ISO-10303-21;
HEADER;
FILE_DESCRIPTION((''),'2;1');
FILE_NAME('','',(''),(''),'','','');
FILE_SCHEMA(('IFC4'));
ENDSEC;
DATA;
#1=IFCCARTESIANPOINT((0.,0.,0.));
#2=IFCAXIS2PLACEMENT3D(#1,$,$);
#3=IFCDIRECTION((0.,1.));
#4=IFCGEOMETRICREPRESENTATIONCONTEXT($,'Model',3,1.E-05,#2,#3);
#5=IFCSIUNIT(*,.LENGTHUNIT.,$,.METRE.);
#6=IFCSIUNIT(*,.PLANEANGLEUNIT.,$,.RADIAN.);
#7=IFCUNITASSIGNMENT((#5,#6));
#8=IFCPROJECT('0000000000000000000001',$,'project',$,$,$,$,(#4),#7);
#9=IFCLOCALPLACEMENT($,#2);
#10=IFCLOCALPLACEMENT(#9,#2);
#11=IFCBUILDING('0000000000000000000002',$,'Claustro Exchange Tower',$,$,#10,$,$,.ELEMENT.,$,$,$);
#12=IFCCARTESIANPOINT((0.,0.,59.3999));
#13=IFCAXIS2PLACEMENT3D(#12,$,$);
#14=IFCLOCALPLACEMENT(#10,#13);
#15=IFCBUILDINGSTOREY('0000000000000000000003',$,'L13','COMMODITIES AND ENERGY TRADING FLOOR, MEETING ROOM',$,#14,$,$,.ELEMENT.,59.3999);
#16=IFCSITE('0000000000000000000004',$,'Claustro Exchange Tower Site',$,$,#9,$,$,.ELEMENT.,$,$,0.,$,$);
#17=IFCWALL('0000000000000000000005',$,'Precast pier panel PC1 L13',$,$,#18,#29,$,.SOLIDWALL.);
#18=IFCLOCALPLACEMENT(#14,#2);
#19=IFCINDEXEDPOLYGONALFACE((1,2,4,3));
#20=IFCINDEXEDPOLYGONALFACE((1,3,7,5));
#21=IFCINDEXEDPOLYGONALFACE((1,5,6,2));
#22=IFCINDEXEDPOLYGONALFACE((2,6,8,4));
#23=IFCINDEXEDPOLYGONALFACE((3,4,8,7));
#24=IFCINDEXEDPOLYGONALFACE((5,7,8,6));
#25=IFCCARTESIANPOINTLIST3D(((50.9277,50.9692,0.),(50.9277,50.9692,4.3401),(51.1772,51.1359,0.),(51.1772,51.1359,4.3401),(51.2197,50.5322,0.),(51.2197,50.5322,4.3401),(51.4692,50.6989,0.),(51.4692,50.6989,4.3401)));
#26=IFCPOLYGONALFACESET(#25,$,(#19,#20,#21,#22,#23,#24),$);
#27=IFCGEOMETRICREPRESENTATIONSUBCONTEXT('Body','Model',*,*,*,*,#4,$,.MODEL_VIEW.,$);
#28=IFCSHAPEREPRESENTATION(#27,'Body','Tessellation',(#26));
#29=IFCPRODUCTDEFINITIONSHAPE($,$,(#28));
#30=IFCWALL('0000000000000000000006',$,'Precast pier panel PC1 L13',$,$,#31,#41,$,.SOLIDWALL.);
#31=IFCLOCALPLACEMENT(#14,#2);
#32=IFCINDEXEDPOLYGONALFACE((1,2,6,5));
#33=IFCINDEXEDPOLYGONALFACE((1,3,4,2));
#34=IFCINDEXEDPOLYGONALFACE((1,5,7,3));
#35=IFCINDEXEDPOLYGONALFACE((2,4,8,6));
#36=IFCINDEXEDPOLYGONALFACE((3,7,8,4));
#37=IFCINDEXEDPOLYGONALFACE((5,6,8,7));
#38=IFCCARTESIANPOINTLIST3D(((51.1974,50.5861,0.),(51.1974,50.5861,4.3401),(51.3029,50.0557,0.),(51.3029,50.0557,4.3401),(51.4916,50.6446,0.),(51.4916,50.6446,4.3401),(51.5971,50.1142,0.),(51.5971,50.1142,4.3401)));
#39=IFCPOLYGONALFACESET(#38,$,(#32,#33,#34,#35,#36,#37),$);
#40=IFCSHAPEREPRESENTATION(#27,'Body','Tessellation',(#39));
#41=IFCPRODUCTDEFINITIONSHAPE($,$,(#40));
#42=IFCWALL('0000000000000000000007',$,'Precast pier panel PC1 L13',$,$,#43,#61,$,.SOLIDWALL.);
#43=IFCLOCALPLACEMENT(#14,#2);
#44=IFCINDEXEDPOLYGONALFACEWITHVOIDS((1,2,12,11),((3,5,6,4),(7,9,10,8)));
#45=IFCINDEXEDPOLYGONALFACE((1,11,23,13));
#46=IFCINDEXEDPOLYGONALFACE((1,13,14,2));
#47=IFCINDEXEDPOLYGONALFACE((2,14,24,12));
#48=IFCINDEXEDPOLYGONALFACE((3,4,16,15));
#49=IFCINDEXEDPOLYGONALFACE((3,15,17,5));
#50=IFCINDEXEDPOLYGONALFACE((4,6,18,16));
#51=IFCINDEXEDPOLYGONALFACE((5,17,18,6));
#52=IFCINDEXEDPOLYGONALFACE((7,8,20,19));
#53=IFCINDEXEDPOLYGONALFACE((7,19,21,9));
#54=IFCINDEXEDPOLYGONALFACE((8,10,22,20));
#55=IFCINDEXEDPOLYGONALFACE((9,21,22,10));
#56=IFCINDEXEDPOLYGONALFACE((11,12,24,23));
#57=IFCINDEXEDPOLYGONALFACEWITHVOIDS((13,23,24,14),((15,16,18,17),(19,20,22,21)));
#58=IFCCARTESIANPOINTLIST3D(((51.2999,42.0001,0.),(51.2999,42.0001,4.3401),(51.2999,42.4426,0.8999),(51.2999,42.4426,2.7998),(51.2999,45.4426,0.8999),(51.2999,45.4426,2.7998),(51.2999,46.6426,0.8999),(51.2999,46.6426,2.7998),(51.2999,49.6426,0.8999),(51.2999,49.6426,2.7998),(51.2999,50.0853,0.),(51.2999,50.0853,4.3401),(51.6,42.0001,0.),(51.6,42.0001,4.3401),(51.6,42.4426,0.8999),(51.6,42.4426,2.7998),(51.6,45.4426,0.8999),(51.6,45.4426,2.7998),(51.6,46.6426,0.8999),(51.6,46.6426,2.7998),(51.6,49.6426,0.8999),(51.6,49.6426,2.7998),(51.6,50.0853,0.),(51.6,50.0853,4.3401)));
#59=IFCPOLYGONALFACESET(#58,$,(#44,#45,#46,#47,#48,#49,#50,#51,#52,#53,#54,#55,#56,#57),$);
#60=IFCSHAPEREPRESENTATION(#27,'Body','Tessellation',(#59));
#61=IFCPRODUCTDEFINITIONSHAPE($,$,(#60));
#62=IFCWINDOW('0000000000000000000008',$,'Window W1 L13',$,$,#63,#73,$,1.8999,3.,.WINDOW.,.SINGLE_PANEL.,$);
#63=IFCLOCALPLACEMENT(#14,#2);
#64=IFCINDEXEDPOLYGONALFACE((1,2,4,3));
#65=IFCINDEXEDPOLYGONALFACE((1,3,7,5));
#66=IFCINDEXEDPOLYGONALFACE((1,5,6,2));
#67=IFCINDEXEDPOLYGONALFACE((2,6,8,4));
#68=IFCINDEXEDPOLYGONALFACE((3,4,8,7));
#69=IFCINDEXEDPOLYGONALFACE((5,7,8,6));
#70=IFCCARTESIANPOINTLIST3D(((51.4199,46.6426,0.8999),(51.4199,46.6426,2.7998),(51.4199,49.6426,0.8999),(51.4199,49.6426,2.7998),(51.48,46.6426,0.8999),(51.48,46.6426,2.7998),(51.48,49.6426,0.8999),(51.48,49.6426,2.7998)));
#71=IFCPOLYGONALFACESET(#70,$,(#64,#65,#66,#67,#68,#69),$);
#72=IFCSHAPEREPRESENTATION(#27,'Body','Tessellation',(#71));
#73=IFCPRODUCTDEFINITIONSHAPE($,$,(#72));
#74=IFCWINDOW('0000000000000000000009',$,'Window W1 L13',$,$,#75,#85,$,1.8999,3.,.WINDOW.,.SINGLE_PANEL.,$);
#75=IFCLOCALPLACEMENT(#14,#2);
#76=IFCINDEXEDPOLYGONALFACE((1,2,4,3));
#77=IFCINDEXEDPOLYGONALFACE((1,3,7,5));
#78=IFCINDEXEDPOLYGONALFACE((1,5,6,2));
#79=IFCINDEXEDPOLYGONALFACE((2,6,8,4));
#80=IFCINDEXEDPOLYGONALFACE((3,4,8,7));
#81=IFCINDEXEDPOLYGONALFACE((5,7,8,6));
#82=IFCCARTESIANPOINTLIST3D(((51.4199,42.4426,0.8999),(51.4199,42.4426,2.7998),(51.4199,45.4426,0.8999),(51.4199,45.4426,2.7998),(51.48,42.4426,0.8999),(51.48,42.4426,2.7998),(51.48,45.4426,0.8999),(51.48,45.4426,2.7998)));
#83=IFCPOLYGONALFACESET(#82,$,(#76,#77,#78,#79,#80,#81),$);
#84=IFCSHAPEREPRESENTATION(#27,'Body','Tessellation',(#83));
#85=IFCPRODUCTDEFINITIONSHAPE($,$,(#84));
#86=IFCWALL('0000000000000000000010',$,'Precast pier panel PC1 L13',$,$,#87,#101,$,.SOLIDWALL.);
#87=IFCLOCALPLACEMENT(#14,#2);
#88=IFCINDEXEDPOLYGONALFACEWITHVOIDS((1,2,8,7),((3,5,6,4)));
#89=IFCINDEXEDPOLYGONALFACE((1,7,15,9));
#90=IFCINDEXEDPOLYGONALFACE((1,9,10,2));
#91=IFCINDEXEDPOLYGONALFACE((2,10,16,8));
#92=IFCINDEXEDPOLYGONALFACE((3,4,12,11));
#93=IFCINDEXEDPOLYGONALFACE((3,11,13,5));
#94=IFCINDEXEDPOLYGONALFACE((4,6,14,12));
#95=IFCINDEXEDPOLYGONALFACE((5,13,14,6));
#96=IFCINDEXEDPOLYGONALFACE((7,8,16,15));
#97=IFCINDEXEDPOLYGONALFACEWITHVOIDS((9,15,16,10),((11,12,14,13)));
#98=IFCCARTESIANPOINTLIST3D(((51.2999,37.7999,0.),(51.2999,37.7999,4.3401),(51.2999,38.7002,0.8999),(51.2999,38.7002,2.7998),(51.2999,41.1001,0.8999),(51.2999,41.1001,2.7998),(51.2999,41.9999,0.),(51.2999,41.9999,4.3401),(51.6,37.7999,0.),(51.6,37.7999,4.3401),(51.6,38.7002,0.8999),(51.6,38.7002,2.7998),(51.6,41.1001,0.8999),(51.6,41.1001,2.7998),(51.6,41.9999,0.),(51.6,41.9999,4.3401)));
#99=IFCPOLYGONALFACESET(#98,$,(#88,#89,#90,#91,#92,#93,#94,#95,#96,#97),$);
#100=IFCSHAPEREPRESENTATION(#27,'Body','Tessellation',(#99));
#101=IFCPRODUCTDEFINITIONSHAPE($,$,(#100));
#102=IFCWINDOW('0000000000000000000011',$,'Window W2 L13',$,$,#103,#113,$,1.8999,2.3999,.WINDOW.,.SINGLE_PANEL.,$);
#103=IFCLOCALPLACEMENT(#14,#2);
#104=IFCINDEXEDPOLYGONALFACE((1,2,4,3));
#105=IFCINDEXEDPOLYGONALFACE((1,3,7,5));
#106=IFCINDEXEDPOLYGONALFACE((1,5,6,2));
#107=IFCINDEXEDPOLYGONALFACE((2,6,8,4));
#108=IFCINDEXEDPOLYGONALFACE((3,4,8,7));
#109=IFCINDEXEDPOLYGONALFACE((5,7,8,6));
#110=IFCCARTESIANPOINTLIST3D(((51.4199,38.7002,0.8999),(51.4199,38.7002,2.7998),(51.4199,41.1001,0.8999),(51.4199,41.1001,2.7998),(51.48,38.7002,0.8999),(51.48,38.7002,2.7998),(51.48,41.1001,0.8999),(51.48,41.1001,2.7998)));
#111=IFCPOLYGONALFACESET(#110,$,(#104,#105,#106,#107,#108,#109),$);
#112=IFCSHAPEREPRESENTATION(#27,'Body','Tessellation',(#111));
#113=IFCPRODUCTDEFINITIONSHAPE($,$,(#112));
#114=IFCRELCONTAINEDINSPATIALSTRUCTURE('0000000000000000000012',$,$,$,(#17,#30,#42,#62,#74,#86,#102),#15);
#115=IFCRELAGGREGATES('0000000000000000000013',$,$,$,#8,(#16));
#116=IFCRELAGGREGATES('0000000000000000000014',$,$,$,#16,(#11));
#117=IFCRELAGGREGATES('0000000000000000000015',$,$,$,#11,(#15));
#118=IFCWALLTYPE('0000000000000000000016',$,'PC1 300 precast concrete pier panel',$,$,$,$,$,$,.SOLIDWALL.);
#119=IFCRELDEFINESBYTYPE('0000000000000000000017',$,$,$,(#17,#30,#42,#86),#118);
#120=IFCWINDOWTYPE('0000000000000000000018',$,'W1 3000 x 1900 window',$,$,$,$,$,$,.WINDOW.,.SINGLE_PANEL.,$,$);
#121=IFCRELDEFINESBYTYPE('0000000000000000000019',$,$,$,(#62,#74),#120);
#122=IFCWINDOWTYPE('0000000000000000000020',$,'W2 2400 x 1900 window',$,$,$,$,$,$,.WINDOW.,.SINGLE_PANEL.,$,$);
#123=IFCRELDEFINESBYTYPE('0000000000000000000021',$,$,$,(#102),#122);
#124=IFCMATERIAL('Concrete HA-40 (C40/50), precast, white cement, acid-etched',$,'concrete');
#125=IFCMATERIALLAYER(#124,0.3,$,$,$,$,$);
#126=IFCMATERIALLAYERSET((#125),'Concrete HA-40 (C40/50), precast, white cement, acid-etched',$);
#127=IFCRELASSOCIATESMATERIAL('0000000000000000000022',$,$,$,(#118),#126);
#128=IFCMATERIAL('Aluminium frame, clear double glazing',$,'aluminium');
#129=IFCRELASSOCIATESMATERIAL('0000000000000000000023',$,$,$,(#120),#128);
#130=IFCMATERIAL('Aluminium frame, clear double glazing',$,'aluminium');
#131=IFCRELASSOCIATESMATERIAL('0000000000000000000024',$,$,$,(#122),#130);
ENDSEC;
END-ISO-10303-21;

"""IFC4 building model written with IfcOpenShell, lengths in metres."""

from ifc_helpers import new_model, si_unit, direction, frame, frame_2d, origin, place, context, subcontext, project, spatial, rectangle, extrude, material, layer, layer_set, type_object, element, fill, save


model = new_model("IFC4")

# Units and contexts
model_context = context("Model", 3, precision=1e-05, world=origin(), true_north=direction((0.0, 1.0)))
body_context = subcontext(model_context, "Body", "Model", "MODEL_VIEW")
ifc_project = project(units=[si_unit("LENGTHUNIT", "METRE"), si_unit("PLANEANGLEUNIT", "RADIAN")], contexts=[model_context])

# Site, building, storey
site_placement = place(None, origin())
site = spatial("IfcSite", under=ifc_project, at=site_placement, Name="Claustro Exchange Tower Site", CompositionType="ELEMENT", RefElevation=0.0)
building_placement = place(site_placement, origin())
building = spatial("IfcBuilding", under=site, at=building_placement, Name="Claustro Exchange Tower", CompositionType="ELEMENT")
storey_placement = place(building_placement, frame((0.0, 0.0, 59.3999)))
storey = spatial("IfcBuildingStorey", under=building, at=storey_placement, Name="L13", Description="COMMODITIES AND ENERGY TRADING FLOOR, MEETING ROOM", CompositionType="ELEMENT", Elevation=59.3999)

# Shared definitions
ifc_material_1 = material(Name="Concrete HA-40 (C40/50), precast, white cement, acid-etched", Category="concrete")
ifc_layer_1 = layer(ifc_material_1, 0.3)
ifc_layer_set_1 = layer_set([ifc_layer_1], Name="Concrete HA-40 (C40/50), precast, white cement, acid-etched")
wall_type_1 = type_object("IfcWallType", Name="PC1 300 precast concrete pier panel", PredefinedType="SOLIDWALL", material=ifc_layer_set_1)
ifc_material_2 = material(Name="Aluminium frame, clear double glazing", Category="aluminium")
window_type_1 = type_object("IfcWindowType", Name="W1 3000 x 1900 window", PartitioningType="SINGLE_PANEL", PredefinedType="WINDOW", material=ifc_material_2)

# Walls
for number, where, z_axis, x_axis, name in (
    (1, (51.0525, 51.0525, 0.0), (0.0, 0.0, 1.0), (0.555557, -0.831478, 0.0), "Precast pier panel PC1 L13"),
):
    element("IfcWall", number, at=place(storey_placement, frame(where, z_axis=z_axis, x_axis=x_axis)), inside=storey, type_object=wall_type_1, Name=name, PredefinedType="SOLIDWALL", context=body_context, shape_type="SweptSolid", body=[
        extrude(rectangle(XDim=0.5256, YDim=0.3, at=frame_2d((0.2627, 0.0))), origin(), (0.0, 0.0, 1.0), 4.3401),
    ])
wall_1_placement = place(storey_placement, frame((51.3445, 50.6155, 0.0), z_axis=(0.0, 0.0, 1.0), x_axis=(0.195074, -0.980789, 0.0)))
element("IfcWall", 2, at=wall_1_placement, inside=storey, type_object=wall_type_1, Name="Precast pier panel PC1 L13", PredefinedType="SOLIDWALL", context=body_context, shape_type="SweptSolid", body=[
    extrude(rectangle(XDim=0.5408, YDim=0.3, at=frame_2d((0.2705, 0.0))), origin(), (0.0, 0.0, 1.0), 4.3401),
])

# Wall, openings, windows
wall_2_placement = place(storey_placement, frame((51.45, 50.0852, 0.0), z_axis=(0.0, 0.0, 1.0), x_axis=(0.0, -1.0, 0.0)))
wall_2 = element("IfcWall", 3, at=wall_2_placement, inside=storey, type_object=wall_type_1, Name="Precast pier panel PC1 L13", PredefinedType="SOLIDWALL", context=body_context, shape_type="SweptSolid", body=[
    extrude(rectangle(XDim=8.0852, YDim=0.3, at=frame_2d((4.0425, 0.0))), origin(), (0.0, 0.0, 1.0), 4.3401),
])
opening_1_placement = place(wall_2_placement, frame((0.4426, 0.0, 0.8999)))
opening_1 = element("IfcOpeningElement", 4, at=opening_1_placement, cuts=wall_2, PredefinedType="OPENING", context=body_context, shape_type="SweptSolid", body=[
    extrude(rectangle(XDim=3.0, YDim=1.8999, at=frame_2d((1.5, 0.95))), frame((0.0, 0.1599, 0.0), z_axis=(0.0, -1.0, 0.0), x_axis=(1.0, 0.0, 0.0)), (0.0, 0.0, 1.0), 0.3201),
])
opening_2_placement = place(wall_2_placement, frame((4.6426, 0.0, 0.8999)))
opening_2 = element("IfcOpeningElement", 5, at=opening_2_placement, cuts=wall_2, PredefinedType="OPENING", context=body_context, shape_type="SweptSolid", body=[
    extrude(rectangle(XDim=3.0, YDim=1.8999, at=frame_2d((1.5, 0.95))), frame((0.0, 0.1599, 0.0), z_axis=(0.0, -1.0, 0.0), x_axis=(1.0, 0.0, 0.0)), (0.0, 0.0, 1.0), 0.3201),
])
window_1_placement = place(opening_1_placement, origin())
window_1 = element("IfcWindow", 6, at=window_1_placement, inside=storey, type_object=window_type_1, Name="Window W1 L13", OverallHeight=1.8999, OverallWidth=3.0, PartitioningType="SINGLE_PANEL", PredefinedType="WINDOW", context=body_context, shape_type="SweptSolid", body=[
    extrude(rectangle(XDim=3.0, YDim=1.8999, at=frame_2d((1.5, 0.95))), frame((0.0, 0.03, 0.0), z_axis=(0.0, -1.0, 0.0), x_axis=(1.0, 0.0, 0.0)), (0.0, 0.0, 1.0), 0.0601),
])
fill(opening_1, window_1)
window_2_placement = place(opening_2_placement, origin())
window_2 = element("IfcWindow", 7, at=window_2_placement, inside=storey, type_object=window_type_1, Name="Window W1 L13", OverallHeight=1.8999, OverallWidth=3.0, PartitioningType="SINGLE_PANEL", PredefinedType="WINDOW", context=body_context, shape_type="SweptSolid", body=[
    extrude(rectangle(XDim=3.0, YDim=1.8999, at=frame_2d((1.5, 0.95))), frame((0.0, 0.03, 0.0), z_axis=(0.0, -1.0, 0.0), x_axis=(1.0, 0.0, 0.0)), (0.0, 0.0, 1.0), 0.0601),
])
fill(opening_2, window_2)

# Wall, opening, window
wall_3_placement = place(storey_placement, frame((51.45, 42.0, 0.0), z_axis=(0.0, 0.0, 1.0), x_axis=(0.0, -1.0, 0.0)))
wall_3 = element("IfcWall", 8, at=wall_3_placement, inside=storey, type_object=wall_type_1, Name="Precast pier panel PC1 L13", PredefinedType="SOLIDWALL", context=body_context, shape_type="SweptSolid", body=[
    extrude(rectangle(XDim=4.2, YDim=0.3, at=frame_2d((2.1001, 0.0))), origin(), (0.0, 0.0, 1.0), 4.3401),
])
opening_3_placement = place(wall_3_placement, frame((0.8999, 0.0, 0.8999)))
opening_3 = element("IfcOpeningElement", 9, at=opening_3_placement, cuts=wall_3, PredefinedType="OPENING", context=body_context, shape_type="SweptSolid", body=[
    extrude(rectangle(XDim=2.3999, YDim=1.8999, at=frame_2d((1.2, 0.95))), frame((0.0, 0.1599, 0.0), z_axis=(0.0, -1.0, 0.0), x_axis=(1.0, 0.0, 0.0)), (0.0, 0.0, 1.0), 0.3201),
])
ifc_material_3 = material(Name="Aluminium frame, clear double glazing", Category="aluminium")
window_type_2 = type_object("IfcWindowType", Name="W2 2400 x 1900 window", PartitioningType="SINGLE_PANEL", PredefinedType="WINDOW", material=ifc_material_3)
window_3_placement = place(opening_3_placement, origin())
window_3 = element("IfcWindow", 10, at=window_3_placement, inside=storey, type_object=window_type_2, Name="Window W2 L13", OverallHeight=1.8999, OverallWidth=2.3999, PartitioningType="SINGLE_PANEL", PredefinedType="WINDOW", context=body_context, shape_type="SweptSolid", body=[
    extrude(rectangle(XDim=2.3999, YDim=1.8999, at=frame_2d((1.2, 0.95))), frame((0.0, 0.03, 0.0), z_axis=(0.0, -1.0, 0.0), x_axis=(1.0, 0.0, 0.0)), (0.0, 0.0, 1.0), 0.0601),
])
fill(opening_3, window_3)

save(model, "model.ifc")
